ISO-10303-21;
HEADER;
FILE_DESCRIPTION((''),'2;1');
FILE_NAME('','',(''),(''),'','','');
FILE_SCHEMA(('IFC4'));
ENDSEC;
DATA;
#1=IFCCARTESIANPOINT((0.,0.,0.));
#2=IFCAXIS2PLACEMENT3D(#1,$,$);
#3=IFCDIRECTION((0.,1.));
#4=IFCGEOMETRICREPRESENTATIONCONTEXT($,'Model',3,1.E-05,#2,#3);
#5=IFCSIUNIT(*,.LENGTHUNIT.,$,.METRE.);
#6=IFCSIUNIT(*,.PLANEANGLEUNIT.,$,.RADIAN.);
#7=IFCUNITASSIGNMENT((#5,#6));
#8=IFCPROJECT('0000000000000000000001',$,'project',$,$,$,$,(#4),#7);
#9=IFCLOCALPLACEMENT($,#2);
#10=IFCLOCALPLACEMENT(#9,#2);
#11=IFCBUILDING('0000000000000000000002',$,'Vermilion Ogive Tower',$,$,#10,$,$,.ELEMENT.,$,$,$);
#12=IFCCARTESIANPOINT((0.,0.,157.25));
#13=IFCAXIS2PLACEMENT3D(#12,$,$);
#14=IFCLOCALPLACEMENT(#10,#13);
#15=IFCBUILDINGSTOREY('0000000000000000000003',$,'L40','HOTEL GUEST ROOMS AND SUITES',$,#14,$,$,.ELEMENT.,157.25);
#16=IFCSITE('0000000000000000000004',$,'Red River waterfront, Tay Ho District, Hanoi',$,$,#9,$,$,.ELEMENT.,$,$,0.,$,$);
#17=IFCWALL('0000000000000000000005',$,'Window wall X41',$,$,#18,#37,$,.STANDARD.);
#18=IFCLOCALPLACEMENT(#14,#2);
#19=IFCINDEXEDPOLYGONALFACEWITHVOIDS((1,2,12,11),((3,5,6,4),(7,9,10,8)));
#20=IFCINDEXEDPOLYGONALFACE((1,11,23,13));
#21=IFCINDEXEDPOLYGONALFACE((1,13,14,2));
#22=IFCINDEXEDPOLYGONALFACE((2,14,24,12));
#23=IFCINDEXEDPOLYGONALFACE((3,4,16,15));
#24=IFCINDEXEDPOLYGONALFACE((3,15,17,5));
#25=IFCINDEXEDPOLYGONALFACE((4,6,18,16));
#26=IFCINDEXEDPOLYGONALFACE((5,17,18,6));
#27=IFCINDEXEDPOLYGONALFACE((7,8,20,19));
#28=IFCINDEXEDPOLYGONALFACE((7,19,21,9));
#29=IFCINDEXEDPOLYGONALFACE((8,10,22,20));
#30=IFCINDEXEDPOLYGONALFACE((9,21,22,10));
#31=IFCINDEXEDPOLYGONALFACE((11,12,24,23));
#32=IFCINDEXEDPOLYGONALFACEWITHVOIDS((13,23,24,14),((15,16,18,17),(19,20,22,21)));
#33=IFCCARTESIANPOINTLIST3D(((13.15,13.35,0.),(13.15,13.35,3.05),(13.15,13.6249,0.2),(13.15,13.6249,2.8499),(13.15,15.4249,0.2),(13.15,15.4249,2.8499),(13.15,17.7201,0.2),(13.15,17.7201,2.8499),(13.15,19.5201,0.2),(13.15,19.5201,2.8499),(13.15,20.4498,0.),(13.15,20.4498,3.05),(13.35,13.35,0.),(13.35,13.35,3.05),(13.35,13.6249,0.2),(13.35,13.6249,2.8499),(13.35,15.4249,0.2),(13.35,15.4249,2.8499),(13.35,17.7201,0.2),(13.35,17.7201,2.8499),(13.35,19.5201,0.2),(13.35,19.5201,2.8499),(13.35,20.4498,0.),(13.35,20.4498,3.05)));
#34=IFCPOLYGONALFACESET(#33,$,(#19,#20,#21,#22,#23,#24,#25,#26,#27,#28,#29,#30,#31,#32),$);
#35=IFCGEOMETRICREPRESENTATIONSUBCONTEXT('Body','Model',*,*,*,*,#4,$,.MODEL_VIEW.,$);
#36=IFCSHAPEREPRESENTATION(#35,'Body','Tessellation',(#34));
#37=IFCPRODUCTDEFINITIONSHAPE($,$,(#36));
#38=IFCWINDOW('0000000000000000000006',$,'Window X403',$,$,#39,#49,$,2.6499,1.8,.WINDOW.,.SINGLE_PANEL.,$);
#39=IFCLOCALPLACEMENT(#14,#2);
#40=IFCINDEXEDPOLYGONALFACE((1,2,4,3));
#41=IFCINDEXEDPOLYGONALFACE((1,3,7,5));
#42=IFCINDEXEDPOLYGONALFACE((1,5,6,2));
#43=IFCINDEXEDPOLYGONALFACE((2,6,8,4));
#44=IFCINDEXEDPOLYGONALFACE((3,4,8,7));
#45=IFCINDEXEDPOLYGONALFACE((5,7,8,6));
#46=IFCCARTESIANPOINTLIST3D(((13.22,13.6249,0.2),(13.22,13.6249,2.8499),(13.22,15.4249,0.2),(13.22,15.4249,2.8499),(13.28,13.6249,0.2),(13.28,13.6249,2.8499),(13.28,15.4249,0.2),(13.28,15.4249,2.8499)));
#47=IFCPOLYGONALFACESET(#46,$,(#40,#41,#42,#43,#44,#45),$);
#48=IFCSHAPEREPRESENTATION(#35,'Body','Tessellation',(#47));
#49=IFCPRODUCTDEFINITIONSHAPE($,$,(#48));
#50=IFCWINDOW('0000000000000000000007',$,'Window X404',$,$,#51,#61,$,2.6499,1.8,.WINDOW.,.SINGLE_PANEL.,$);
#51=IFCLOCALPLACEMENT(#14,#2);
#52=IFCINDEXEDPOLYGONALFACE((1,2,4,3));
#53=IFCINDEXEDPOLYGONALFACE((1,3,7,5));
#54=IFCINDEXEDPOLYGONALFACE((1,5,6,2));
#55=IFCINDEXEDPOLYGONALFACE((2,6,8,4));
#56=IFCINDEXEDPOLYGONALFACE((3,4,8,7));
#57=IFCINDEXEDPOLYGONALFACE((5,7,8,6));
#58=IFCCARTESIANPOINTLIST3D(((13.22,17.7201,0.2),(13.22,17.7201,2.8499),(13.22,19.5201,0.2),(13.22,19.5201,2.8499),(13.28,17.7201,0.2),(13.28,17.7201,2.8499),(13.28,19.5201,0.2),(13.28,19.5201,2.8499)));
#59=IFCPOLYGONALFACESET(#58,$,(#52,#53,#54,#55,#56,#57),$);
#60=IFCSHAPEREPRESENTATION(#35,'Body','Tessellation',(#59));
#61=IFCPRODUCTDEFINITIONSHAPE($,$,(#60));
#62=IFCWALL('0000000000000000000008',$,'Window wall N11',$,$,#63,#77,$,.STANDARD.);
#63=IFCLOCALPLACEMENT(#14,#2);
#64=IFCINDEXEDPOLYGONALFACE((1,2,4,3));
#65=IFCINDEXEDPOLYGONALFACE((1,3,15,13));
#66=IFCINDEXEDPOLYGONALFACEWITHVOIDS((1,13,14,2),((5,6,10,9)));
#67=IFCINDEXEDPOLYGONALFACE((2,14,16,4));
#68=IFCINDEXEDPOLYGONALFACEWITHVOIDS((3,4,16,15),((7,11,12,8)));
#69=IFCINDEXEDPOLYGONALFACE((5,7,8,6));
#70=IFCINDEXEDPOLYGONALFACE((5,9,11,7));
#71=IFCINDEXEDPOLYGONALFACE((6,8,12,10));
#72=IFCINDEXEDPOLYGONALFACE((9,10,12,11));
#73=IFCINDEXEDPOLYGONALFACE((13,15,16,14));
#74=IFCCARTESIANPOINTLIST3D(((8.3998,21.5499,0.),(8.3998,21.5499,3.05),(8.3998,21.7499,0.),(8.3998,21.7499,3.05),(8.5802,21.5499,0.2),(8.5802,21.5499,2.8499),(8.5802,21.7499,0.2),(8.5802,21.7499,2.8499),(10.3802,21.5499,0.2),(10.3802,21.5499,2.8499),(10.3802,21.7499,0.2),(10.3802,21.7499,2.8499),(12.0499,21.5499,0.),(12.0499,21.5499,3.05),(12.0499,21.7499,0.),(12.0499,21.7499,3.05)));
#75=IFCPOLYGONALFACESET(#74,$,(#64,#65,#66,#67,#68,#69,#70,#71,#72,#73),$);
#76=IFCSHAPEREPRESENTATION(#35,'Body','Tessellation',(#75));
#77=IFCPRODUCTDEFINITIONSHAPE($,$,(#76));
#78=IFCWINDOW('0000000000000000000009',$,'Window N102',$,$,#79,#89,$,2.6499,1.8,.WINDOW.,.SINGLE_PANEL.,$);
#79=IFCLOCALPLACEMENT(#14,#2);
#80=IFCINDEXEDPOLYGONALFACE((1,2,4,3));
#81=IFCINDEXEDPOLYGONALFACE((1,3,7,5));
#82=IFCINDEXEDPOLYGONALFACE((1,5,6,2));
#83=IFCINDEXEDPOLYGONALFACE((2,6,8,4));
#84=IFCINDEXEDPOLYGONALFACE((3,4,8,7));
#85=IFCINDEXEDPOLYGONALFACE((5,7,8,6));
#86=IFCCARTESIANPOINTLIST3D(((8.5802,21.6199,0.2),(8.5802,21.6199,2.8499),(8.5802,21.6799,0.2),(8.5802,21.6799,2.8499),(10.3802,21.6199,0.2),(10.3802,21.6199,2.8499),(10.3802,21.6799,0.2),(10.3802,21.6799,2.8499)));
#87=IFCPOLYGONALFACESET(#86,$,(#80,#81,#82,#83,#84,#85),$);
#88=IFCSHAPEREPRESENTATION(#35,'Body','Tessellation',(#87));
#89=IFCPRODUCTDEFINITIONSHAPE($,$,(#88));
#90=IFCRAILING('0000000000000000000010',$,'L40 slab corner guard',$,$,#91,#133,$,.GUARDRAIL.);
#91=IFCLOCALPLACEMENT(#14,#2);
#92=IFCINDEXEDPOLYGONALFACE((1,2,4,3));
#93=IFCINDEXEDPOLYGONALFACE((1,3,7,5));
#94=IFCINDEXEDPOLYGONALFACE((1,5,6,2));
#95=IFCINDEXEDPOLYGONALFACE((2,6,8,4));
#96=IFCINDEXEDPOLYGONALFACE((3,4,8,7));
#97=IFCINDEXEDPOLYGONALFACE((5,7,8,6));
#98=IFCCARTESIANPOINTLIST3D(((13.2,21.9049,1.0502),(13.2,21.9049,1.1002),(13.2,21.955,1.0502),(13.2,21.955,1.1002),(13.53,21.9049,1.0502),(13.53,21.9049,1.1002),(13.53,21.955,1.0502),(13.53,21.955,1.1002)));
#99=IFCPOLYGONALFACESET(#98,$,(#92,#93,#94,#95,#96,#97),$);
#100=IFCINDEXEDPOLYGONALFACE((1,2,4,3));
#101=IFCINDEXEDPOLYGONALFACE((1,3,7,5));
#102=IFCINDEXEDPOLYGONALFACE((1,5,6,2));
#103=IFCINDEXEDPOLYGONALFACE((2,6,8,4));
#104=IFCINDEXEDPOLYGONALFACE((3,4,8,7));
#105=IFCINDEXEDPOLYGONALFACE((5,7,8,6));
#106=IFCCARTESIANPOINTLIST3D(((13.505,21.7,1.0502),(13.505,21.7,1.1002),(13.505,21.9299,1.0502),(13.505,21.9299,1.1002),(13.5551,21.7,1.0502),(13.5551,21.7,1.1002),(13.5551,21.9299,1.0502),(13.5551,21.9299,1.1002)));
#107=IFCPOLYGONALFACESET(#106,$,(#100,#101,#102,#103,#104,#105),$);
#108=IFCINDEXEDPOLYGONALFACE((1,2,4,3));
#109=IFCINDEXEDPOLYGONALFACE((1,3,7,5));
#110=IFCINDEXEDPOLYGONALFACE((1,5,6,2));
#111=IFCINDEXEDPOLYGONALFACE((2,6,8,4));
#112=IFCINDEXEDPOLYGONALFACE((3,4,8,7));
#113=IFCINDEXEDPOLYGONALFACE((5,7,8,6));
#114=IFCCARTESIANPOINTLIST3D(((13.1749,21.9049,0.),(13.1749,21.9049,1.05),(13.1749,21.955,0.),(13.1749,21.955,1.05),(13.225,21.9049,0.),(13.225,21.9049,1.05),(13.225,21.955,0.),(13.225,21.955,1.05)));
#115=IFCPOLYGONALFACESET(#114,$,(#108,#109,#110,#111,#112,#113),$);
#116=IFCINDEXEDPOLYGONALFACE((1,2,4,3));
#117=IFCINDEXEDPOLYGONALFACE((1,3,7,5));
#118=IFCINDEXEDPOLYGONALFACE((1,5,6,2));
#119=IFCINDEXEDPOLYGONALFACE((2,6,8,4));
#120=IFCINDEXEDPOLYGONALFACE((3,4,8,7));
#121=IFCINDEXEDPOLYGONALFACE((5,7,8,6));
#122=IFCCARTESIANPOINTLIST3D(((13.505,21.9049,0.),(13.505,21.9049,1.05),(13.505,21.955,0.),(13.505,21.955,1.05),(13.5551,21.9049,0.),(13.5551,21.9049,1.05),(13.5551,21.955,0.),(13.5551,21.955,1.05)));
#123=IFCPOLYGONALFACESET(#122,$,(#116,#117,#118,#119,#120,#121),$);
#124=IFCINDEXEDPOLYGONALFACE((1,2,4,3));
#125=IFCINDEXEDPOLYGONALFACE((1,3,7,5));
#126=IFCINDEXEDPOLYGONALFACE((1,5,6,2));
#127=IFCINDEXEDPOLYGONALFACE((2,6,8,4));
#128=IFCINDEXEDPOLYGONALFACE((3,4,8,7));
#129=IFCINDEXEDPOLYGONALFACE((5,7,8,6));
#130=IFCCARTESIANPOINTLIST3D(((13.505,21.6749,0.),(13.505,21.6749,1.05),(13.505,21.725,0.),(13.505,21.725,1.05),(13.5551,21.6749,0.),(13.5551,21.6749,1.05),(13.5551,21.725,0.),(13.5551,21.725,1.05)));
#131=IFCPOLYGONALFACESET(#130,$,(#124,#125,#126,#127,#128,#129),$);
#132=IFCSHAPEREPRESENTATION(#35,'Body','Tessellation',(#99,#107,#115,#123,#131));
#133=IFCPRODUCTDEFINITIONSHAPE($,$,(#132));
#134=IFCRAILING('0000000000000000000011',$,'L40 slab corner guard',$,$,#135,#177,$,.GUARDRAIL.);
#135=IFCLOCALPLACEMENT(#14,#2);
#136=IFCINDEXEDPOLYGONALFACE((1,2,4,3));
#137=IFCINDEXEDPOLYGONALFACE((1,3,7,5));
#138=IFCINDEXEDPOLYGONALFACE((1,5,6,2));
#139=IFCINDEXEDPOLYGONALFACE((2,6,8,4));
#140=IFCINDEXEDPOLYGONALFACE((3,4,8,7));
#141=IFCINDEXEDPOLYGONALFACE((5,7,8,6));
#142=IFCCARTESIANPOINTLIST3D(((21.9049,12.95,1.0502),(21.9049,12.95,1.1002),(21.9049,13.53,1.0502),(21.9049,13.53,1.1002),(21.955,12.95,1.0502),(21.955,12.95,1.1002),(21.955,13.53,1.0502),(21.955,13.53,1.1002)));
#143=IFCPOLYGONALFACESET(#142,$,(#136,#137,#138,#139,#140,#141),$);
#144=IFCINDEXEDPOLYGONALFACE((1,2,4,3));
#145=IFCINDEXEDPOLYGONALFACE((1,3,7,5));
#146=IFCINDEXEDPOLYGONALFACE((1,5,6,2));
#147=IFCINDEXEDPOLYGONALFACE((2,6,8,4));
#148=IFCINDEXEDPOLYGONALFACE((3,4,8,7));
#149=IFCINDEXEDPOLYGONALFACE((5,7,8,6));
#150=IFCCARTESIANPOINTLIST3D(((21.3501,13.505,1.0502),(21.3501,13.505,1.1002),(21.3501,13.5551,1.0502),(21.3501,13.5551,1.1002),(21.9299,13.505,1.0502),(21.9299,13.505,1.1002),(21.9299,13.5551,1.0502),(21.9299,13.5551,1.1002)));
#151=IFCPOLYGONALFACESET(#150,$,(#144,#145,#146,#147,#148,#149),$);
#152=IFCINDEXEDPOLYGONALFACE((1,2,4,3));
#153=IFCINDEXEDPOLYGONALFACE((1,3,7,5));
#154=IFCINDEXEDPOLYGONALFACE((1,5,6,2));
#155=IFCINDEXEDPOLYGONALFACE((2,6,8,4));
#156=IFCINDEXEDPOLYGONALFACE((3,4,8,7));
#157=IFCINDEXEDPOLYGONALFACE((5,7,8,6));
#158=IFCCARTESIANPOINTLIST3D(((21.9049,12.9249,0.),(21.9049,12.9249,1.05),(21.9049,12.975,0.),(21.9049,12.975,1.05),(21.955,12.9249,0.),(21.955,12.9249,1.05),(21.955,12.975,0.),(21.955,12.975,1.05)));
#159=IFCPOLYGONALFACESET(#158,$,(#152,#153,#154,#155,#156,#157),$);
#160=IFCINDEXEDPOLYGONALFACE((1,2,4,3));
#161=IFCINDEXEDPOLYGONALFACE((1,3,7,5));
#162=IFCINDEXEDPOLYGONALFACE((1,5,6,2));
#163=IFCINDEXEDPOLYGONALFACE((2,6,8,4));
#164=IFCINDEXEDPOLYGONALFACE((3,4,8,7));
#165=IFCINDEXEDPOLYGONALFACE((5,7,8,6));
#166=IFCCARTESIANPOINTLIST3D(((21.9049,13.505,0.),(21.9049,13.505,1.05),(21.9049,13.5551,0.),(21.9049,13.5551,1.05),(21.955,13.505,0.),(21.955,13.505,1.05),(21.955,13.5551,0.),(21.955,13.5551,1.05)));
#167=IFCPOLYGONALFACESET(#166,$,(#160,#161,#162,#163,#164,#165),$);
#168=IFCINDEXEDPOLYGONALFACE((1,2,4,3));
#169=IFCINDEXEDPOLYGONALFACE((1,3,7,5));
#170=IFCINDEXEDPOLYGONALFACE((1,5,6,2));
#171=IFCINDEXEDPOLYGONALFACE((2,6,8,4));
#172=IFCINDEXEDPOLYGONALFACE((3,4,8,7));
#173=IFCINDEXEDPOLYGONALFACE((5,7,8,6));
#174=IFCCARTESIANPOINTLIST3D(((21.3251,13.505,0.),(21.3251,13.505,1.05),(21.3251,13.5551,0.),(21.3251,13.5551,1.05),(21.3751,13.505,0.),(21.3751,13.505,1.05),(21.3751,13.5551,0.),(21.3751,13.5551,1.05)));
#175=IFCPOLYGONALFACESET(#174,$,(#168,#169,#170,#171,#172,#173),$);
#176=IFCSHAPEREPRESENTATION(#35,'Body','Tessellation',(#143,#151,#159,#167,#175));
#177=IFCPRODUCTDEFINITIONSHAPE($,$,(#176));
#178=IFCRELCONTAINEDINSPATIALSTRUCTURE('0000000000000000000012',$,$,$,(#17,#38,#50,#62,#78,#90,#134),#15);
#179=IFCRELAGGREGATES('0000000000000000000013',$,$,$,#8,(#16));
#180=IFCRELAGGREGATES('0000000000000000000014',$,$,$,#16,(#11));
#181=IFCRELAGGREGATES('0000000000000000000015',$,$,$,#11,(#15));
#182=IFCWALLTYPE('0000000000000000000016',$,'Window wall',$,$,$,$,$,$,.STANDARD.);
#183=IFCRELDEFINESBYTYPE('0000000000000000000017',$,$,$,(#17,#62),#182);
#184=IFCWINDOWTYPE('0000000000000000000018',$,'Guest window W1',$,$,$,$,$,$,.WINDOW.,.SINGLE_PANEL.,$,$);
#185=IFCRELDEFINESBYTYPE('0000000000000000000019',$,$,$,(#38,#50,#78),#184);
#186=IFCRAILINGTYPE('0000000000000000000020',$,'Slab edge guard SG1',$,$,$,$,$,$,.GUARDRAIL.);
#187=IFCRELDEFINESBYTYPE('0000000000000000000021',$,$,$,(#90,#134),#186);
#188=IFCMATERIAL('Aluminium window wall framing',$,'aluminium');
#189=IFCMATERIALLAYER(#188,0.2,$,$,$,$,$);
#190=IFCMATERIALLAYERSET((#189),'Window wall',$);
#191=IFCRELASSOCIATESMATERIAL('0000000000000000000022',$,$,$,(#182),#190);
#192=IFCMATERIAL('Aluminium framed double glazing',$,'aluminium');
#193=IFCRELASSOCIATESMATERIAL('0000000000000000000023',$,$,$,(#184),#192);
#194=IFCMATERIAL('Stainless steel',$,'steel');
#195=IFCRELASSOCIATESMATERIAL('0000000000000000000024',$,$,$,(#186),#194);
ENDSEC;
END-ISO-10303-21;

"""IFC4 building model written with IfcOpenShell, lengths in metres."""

from ifc_helpers import new_model, si_unit, direction, frame, frame_2d, origin, origin_2d, place, context, subcontext, project, spatial, rectangle, extrude, material, layer, layer_set, type_object, element, fill, save


model = new_model("IFC4")

# Units and contexts
model_context = context("Model", 3, precision=1e-05, world=origin(), true_north=direction((0.0, 1.0)))
body_context = subcontext(model_context, "Body", "Model", "MODEL_VIEW")
ifc_project = project(units=[si_unit("LENGTHUNIT", "METRE"), si_unit("PLANEANGLEUNIT", "RADIAN")], contexts=[model_context])

# Site, building, storey
site_placement = place(None, origin())
site = spatial("IfcSite", under=ifc_project, at=site_placement, Name="Red River waterfront, Tay Ho District, Hanoi", CompositionType="ELEMENT", RefElevation=0.0)
building_placement = place(site_placement, origin())
building = spatial("IfcBuilding", under=site, at=building_placement, Name="Vermilion Ogive Tower", CompositionType="ELEMENT")
storey_placement = place(building_placement, frame((0.0, 0.0, 157.25)))
storey = spatial("IfcBuildingStorey", under=building, at=storey_placement, Name="L40", Description="HOTEL GUEST ROOMS AND SUITES", CompositionType="ELEMENT", Elevation=157.25)

# Shared definitions
ifc_material_1 = material(Name="Aluminium window wall framing", Category="aluminium")
ifc_layer_1 = layer(ifc_material_1, 0.2)
ifc_layer_set_1 = layer_set([ifc_layer_1], Name="Window wall")
wall_type_1 = type_object("IfcWallType", Name="Window wall", PredefinedType="STANDARD", material=ifc_layer_set_1)

# Wall, openings, windows
wall_1_placement = place(storey_placement, frame((13.25, 13.3501, 0.0), z_axis=(0.0, 0.0, 1.0), x_axis=(0.0, 1.0, 0.0)))
wall_1 = element("IfcWall", 1, at=wall_1_placement, inside=storey, type_object=wall_type_1, Name="Window wall X41", PredefinedType="STANDARD", context=body_context, shape_type="SweptSolid", body=[
    extrude(rectangle(XDim=7.0999, YDim=0.2, at=frame_2d((3.5498, 0.0))), origin(), (0.0, 0.0, 1.0), 3.05),
])
opening_1_placement = place(wall_1_placement, frame((0.2749, 0.0, 0.2)))
opening_1 = element("IfcOpeningElement", 2, at=opening_1_placement, cuts=wall_1, PredefinedType="OPENING", context=body_context, shape_type="SweptSolid", body=[
    extrude(rectangle(XDim=1.8, YDim=2.6499, at=frame_2d((0.8999, 1.325))), frame((0.0, 0.1099, 0.0), z_axis=(0.0, -1.0, 0.0), x_axis=(1.0, 0.0, 0.0)), (0.0, 0.0, 1.0), 0.22),
])
opening_2_placement = place(wall_1_placement, frame((4.3701, 0.0, 0.2)))
opening_2 = element("IfcOpeningElement", 3, at=opening_2_placement, cuts=wall_1, PredefinedType="OPENING", context=body_context, shape_type="SweptSolid", body=[
    extrude(rectangle(XDim=1.8, YDim=2.6499, at=frame_2d((0.8999, 1.325))), frame((0.0, 0.1099, 0.0), z_axis=(0.0, -1.0, 0.0), x_axis=(1.0, 0.0, 0.0)), (0.0, 0.0, 1.0), 0.22),
])
ifc_material_2 = material(Name="Aluminium framed double glazing", Category="aluminium")
window_type = type_object("IfcWindowType", Name="Guest window W1", PartitioningType="SINGLE_PANEL", PredefinedType="WINDOW", material=ifc_material_2)
window_1_placement = place(opening_1_placement, origin())
window_1 = element("IfcWindow", 4, at=window_1_placement, inside=storey, type_object=window_type, Name="Window X403", OverallHeight=2.6499, OverallWidth=1.8, PartitioningType="SINGLE_PANEL", PredefinedType="WINDOW", context=body_context, shape_type="SweptSolid", body=[
    extrude(rectangle(XDim=1.8, YDim=2.6499, at=frame_2d((0.8999, 1.325))), frame((0.0, 0.03, 0.0), z_axis=(0.0, -1.0, 0.0), x_axis=(1.0, 0.0, 0.0)), (0.0, 0.0, 1.0), 0.0601),
])
fill(opening_1, window_1)
window_2_placement = place(opening_2_placement, origin())
window_2 = element("IfcWindow", 5, at=window_2_placement, inside=storey, type_object=window_type, Name="Window X404", OverallHeight=2.6499, OverallWidth=1.8, PartitioningType="SINGLE_PANEL", PredefinedType="WINDOW", context=body_context, shape_type="SweptSolid", body=[
    extrude(rectangle(XDim=1.8, YDim=2.6499, at=frame_2d((0.8999, 1.325))), frame((0.0, 0.03, 0.0), z_axis=(0.0, -1.0, 0.0), x_axis=(1.0, 0.0, 0.0)), (0.0, 0.0, 1.0), 0.0601),
])
fill(opening_2, window_2)

# Wall, opening, window
wall_2_placement = place(storey_placement, frame((12.05, 21.6499, 0.0), z_axis=(0.0, 0.0, 1.0), x_axis=(-1.0, 0.0, 0.0)))
wall_2 = element("IfcWall", 6, at=wall_2_placement, inside=storey, type_object=wall_type_1, Name="Window wall N11", PredefinedType="STANDARD", context=body_context, shape_type="SweptSolid", body=[
    extrude(rectangle(XDim=3.6501, YDim=0.2, at=frame_2d((1.8252, 0.0))), origin(), (0.0, 0.0, 1.0), 3.05),
])
opening_3_placement = place(wall_2_placement, frame((1.6699, 0.0, 0.2)))
opening_3 = element("IfcOpeningElement", 7, at=opening_3_placement, cuts=wall_2, PredefinedType="OPENING", context=body_context, shape_type="SweptSolid", body=[
    extrude(rectangle(XDim=1.8, YDim=2.6499, at=frame_2d((0.8999, 1.325))), frame((0.0, 0.1099, 0.0), z_axis=(0.0, -1.0, 0.0), x_axis=(1.0, 0.0, 0.0)), (0.0, 0.0, 1.0), 0.22),
])
window_3_placement = place(opening_3_placement, origin())
window_3 = element("IfcWindow", 8, at=window_3_placement, inside=storey, type_object=window_type, Name="Window N102", OverallHeight=2.6499, OverallWidth=1.8, PartitioningType="SINGLE_PANEL", PredefinedType="WINDOW", context=body_context, shape_type="SweptSolid", body=[
    extrude(rectangle(XDim=1.8, YDim=2.6499, at=frame_2d((0.8999, 1.325))), frame((0.0, 0.03, 0.0), z_axis=(0.0, -1.0, 0.0), x_axis=(1.0, 0.0, 0.0)), (0.0, 0.0, 1.0), 0.0601),
])
fill(opening_3, window_3)

# Railings
ifc_material_3 = material(Name="Stainless steel", Category="steel")
railing_type = type_object("IfcRailingType", Name="Slab edge guard SG1", PredefinedType="GUARDRAIL", material=ifc_material_3)
railing_1_placement = place(storey_placement, frame((13.2, 21.9299, 0.0)))
element("IfcRailing", 9, at=railing_1_placement, inside=storey, type_object=railing_type, Name="L40 slab corner guard", PredefinedType="GUARDRAIL", context=body_context, shape_type="SweptSolid", body=[
    extrude(rectangle(XDim=0.05, YDim=0.05, at=origin_2d()), frame((0.0, 0.0, 1.0752), z_axis=(1.0, 0.0, 0.0), x_axis=(0.0, 1.0, 0.0)), (0.0, 0.0, 1.0), 0.3301),
    extrude(rectangle(XDim=0.05, YDim=0.05, at=origin_2d()), frame((0.3301, 0.0, 1.0752), z_axis=(0.0, -1.0, 0.0), x_axis=(1.0, 0.0, 0.0)), (0.0, 0.0, 1.0), 0.23),
    extrude(rectangle(XDim=0.05, YDim=0.05, at=origin_2d()), origin(), (0.0, 0.0, 1.0), 1.05),
    extrude(rectangle(XDim=0.05, YDim=0.05, at=origin_2d()), frame((0.3301, 0.0, 0.0)), (0.0, 0.0, 1.0), 1.05),
    extrude(rectangle(XDim=0.05, YDim=0.05, at=origin_2d()), frame((0.3301, -0.23, 0.0)), (0.0, 0.0, 1.0), 1.05),
])
railing_2_placement = place(storey_placement, frame((21.9299, 12.95, 0.0)))
element("IfcRailing", 10, at=railing_2_placement, inside=storey, type_object=railing_type, Name="L40 slab corner guard", PredefinedType="GUARDRAIL", context=body_context, shape_type="SweptSolid", body=[
    extrude(rectangle(XDim=0.05, YDim=0.05, at=origin_2d()), frame((0.0, 0.0, 1.0752), z_axis=(0.0, 1.0, 0.0), x_axis=(-1.0, 0.0, 0.0)), (0.0, 0.0, 1.0), 0.5801),
    extrude(rectangle(XDim=0.05, YDim=0.05, at=origin_2d()), frame((0.0, 0.5801, 1.0752), z_axis=(-1.0, 0.0, 0.0), x_axis=(0.0, -1.0, 0.0)), (0.0, 0.0, 1.0), 0.5798),
    extrude(rectangle(XDim=0.05, YDim=0.05, at=origin_2d()), origin(), (0.0, 0.0, 1.0), 1.05),
    extrude(rectangle(XDim=0.05, YDim=0.05, at=origin_2d()), frame((0.0, 0.5801, 0.0)), (0.0, 0.0, 1.0), 1.05),
    extrude(rectangle(XDim=0.05, YDim=0.05, at=origin_2d()), frame((-0.5798, 0.5801, 0.0)), (0.0, 0.0, 1.0), 1.05),
])

save(model, "model.ifc")
